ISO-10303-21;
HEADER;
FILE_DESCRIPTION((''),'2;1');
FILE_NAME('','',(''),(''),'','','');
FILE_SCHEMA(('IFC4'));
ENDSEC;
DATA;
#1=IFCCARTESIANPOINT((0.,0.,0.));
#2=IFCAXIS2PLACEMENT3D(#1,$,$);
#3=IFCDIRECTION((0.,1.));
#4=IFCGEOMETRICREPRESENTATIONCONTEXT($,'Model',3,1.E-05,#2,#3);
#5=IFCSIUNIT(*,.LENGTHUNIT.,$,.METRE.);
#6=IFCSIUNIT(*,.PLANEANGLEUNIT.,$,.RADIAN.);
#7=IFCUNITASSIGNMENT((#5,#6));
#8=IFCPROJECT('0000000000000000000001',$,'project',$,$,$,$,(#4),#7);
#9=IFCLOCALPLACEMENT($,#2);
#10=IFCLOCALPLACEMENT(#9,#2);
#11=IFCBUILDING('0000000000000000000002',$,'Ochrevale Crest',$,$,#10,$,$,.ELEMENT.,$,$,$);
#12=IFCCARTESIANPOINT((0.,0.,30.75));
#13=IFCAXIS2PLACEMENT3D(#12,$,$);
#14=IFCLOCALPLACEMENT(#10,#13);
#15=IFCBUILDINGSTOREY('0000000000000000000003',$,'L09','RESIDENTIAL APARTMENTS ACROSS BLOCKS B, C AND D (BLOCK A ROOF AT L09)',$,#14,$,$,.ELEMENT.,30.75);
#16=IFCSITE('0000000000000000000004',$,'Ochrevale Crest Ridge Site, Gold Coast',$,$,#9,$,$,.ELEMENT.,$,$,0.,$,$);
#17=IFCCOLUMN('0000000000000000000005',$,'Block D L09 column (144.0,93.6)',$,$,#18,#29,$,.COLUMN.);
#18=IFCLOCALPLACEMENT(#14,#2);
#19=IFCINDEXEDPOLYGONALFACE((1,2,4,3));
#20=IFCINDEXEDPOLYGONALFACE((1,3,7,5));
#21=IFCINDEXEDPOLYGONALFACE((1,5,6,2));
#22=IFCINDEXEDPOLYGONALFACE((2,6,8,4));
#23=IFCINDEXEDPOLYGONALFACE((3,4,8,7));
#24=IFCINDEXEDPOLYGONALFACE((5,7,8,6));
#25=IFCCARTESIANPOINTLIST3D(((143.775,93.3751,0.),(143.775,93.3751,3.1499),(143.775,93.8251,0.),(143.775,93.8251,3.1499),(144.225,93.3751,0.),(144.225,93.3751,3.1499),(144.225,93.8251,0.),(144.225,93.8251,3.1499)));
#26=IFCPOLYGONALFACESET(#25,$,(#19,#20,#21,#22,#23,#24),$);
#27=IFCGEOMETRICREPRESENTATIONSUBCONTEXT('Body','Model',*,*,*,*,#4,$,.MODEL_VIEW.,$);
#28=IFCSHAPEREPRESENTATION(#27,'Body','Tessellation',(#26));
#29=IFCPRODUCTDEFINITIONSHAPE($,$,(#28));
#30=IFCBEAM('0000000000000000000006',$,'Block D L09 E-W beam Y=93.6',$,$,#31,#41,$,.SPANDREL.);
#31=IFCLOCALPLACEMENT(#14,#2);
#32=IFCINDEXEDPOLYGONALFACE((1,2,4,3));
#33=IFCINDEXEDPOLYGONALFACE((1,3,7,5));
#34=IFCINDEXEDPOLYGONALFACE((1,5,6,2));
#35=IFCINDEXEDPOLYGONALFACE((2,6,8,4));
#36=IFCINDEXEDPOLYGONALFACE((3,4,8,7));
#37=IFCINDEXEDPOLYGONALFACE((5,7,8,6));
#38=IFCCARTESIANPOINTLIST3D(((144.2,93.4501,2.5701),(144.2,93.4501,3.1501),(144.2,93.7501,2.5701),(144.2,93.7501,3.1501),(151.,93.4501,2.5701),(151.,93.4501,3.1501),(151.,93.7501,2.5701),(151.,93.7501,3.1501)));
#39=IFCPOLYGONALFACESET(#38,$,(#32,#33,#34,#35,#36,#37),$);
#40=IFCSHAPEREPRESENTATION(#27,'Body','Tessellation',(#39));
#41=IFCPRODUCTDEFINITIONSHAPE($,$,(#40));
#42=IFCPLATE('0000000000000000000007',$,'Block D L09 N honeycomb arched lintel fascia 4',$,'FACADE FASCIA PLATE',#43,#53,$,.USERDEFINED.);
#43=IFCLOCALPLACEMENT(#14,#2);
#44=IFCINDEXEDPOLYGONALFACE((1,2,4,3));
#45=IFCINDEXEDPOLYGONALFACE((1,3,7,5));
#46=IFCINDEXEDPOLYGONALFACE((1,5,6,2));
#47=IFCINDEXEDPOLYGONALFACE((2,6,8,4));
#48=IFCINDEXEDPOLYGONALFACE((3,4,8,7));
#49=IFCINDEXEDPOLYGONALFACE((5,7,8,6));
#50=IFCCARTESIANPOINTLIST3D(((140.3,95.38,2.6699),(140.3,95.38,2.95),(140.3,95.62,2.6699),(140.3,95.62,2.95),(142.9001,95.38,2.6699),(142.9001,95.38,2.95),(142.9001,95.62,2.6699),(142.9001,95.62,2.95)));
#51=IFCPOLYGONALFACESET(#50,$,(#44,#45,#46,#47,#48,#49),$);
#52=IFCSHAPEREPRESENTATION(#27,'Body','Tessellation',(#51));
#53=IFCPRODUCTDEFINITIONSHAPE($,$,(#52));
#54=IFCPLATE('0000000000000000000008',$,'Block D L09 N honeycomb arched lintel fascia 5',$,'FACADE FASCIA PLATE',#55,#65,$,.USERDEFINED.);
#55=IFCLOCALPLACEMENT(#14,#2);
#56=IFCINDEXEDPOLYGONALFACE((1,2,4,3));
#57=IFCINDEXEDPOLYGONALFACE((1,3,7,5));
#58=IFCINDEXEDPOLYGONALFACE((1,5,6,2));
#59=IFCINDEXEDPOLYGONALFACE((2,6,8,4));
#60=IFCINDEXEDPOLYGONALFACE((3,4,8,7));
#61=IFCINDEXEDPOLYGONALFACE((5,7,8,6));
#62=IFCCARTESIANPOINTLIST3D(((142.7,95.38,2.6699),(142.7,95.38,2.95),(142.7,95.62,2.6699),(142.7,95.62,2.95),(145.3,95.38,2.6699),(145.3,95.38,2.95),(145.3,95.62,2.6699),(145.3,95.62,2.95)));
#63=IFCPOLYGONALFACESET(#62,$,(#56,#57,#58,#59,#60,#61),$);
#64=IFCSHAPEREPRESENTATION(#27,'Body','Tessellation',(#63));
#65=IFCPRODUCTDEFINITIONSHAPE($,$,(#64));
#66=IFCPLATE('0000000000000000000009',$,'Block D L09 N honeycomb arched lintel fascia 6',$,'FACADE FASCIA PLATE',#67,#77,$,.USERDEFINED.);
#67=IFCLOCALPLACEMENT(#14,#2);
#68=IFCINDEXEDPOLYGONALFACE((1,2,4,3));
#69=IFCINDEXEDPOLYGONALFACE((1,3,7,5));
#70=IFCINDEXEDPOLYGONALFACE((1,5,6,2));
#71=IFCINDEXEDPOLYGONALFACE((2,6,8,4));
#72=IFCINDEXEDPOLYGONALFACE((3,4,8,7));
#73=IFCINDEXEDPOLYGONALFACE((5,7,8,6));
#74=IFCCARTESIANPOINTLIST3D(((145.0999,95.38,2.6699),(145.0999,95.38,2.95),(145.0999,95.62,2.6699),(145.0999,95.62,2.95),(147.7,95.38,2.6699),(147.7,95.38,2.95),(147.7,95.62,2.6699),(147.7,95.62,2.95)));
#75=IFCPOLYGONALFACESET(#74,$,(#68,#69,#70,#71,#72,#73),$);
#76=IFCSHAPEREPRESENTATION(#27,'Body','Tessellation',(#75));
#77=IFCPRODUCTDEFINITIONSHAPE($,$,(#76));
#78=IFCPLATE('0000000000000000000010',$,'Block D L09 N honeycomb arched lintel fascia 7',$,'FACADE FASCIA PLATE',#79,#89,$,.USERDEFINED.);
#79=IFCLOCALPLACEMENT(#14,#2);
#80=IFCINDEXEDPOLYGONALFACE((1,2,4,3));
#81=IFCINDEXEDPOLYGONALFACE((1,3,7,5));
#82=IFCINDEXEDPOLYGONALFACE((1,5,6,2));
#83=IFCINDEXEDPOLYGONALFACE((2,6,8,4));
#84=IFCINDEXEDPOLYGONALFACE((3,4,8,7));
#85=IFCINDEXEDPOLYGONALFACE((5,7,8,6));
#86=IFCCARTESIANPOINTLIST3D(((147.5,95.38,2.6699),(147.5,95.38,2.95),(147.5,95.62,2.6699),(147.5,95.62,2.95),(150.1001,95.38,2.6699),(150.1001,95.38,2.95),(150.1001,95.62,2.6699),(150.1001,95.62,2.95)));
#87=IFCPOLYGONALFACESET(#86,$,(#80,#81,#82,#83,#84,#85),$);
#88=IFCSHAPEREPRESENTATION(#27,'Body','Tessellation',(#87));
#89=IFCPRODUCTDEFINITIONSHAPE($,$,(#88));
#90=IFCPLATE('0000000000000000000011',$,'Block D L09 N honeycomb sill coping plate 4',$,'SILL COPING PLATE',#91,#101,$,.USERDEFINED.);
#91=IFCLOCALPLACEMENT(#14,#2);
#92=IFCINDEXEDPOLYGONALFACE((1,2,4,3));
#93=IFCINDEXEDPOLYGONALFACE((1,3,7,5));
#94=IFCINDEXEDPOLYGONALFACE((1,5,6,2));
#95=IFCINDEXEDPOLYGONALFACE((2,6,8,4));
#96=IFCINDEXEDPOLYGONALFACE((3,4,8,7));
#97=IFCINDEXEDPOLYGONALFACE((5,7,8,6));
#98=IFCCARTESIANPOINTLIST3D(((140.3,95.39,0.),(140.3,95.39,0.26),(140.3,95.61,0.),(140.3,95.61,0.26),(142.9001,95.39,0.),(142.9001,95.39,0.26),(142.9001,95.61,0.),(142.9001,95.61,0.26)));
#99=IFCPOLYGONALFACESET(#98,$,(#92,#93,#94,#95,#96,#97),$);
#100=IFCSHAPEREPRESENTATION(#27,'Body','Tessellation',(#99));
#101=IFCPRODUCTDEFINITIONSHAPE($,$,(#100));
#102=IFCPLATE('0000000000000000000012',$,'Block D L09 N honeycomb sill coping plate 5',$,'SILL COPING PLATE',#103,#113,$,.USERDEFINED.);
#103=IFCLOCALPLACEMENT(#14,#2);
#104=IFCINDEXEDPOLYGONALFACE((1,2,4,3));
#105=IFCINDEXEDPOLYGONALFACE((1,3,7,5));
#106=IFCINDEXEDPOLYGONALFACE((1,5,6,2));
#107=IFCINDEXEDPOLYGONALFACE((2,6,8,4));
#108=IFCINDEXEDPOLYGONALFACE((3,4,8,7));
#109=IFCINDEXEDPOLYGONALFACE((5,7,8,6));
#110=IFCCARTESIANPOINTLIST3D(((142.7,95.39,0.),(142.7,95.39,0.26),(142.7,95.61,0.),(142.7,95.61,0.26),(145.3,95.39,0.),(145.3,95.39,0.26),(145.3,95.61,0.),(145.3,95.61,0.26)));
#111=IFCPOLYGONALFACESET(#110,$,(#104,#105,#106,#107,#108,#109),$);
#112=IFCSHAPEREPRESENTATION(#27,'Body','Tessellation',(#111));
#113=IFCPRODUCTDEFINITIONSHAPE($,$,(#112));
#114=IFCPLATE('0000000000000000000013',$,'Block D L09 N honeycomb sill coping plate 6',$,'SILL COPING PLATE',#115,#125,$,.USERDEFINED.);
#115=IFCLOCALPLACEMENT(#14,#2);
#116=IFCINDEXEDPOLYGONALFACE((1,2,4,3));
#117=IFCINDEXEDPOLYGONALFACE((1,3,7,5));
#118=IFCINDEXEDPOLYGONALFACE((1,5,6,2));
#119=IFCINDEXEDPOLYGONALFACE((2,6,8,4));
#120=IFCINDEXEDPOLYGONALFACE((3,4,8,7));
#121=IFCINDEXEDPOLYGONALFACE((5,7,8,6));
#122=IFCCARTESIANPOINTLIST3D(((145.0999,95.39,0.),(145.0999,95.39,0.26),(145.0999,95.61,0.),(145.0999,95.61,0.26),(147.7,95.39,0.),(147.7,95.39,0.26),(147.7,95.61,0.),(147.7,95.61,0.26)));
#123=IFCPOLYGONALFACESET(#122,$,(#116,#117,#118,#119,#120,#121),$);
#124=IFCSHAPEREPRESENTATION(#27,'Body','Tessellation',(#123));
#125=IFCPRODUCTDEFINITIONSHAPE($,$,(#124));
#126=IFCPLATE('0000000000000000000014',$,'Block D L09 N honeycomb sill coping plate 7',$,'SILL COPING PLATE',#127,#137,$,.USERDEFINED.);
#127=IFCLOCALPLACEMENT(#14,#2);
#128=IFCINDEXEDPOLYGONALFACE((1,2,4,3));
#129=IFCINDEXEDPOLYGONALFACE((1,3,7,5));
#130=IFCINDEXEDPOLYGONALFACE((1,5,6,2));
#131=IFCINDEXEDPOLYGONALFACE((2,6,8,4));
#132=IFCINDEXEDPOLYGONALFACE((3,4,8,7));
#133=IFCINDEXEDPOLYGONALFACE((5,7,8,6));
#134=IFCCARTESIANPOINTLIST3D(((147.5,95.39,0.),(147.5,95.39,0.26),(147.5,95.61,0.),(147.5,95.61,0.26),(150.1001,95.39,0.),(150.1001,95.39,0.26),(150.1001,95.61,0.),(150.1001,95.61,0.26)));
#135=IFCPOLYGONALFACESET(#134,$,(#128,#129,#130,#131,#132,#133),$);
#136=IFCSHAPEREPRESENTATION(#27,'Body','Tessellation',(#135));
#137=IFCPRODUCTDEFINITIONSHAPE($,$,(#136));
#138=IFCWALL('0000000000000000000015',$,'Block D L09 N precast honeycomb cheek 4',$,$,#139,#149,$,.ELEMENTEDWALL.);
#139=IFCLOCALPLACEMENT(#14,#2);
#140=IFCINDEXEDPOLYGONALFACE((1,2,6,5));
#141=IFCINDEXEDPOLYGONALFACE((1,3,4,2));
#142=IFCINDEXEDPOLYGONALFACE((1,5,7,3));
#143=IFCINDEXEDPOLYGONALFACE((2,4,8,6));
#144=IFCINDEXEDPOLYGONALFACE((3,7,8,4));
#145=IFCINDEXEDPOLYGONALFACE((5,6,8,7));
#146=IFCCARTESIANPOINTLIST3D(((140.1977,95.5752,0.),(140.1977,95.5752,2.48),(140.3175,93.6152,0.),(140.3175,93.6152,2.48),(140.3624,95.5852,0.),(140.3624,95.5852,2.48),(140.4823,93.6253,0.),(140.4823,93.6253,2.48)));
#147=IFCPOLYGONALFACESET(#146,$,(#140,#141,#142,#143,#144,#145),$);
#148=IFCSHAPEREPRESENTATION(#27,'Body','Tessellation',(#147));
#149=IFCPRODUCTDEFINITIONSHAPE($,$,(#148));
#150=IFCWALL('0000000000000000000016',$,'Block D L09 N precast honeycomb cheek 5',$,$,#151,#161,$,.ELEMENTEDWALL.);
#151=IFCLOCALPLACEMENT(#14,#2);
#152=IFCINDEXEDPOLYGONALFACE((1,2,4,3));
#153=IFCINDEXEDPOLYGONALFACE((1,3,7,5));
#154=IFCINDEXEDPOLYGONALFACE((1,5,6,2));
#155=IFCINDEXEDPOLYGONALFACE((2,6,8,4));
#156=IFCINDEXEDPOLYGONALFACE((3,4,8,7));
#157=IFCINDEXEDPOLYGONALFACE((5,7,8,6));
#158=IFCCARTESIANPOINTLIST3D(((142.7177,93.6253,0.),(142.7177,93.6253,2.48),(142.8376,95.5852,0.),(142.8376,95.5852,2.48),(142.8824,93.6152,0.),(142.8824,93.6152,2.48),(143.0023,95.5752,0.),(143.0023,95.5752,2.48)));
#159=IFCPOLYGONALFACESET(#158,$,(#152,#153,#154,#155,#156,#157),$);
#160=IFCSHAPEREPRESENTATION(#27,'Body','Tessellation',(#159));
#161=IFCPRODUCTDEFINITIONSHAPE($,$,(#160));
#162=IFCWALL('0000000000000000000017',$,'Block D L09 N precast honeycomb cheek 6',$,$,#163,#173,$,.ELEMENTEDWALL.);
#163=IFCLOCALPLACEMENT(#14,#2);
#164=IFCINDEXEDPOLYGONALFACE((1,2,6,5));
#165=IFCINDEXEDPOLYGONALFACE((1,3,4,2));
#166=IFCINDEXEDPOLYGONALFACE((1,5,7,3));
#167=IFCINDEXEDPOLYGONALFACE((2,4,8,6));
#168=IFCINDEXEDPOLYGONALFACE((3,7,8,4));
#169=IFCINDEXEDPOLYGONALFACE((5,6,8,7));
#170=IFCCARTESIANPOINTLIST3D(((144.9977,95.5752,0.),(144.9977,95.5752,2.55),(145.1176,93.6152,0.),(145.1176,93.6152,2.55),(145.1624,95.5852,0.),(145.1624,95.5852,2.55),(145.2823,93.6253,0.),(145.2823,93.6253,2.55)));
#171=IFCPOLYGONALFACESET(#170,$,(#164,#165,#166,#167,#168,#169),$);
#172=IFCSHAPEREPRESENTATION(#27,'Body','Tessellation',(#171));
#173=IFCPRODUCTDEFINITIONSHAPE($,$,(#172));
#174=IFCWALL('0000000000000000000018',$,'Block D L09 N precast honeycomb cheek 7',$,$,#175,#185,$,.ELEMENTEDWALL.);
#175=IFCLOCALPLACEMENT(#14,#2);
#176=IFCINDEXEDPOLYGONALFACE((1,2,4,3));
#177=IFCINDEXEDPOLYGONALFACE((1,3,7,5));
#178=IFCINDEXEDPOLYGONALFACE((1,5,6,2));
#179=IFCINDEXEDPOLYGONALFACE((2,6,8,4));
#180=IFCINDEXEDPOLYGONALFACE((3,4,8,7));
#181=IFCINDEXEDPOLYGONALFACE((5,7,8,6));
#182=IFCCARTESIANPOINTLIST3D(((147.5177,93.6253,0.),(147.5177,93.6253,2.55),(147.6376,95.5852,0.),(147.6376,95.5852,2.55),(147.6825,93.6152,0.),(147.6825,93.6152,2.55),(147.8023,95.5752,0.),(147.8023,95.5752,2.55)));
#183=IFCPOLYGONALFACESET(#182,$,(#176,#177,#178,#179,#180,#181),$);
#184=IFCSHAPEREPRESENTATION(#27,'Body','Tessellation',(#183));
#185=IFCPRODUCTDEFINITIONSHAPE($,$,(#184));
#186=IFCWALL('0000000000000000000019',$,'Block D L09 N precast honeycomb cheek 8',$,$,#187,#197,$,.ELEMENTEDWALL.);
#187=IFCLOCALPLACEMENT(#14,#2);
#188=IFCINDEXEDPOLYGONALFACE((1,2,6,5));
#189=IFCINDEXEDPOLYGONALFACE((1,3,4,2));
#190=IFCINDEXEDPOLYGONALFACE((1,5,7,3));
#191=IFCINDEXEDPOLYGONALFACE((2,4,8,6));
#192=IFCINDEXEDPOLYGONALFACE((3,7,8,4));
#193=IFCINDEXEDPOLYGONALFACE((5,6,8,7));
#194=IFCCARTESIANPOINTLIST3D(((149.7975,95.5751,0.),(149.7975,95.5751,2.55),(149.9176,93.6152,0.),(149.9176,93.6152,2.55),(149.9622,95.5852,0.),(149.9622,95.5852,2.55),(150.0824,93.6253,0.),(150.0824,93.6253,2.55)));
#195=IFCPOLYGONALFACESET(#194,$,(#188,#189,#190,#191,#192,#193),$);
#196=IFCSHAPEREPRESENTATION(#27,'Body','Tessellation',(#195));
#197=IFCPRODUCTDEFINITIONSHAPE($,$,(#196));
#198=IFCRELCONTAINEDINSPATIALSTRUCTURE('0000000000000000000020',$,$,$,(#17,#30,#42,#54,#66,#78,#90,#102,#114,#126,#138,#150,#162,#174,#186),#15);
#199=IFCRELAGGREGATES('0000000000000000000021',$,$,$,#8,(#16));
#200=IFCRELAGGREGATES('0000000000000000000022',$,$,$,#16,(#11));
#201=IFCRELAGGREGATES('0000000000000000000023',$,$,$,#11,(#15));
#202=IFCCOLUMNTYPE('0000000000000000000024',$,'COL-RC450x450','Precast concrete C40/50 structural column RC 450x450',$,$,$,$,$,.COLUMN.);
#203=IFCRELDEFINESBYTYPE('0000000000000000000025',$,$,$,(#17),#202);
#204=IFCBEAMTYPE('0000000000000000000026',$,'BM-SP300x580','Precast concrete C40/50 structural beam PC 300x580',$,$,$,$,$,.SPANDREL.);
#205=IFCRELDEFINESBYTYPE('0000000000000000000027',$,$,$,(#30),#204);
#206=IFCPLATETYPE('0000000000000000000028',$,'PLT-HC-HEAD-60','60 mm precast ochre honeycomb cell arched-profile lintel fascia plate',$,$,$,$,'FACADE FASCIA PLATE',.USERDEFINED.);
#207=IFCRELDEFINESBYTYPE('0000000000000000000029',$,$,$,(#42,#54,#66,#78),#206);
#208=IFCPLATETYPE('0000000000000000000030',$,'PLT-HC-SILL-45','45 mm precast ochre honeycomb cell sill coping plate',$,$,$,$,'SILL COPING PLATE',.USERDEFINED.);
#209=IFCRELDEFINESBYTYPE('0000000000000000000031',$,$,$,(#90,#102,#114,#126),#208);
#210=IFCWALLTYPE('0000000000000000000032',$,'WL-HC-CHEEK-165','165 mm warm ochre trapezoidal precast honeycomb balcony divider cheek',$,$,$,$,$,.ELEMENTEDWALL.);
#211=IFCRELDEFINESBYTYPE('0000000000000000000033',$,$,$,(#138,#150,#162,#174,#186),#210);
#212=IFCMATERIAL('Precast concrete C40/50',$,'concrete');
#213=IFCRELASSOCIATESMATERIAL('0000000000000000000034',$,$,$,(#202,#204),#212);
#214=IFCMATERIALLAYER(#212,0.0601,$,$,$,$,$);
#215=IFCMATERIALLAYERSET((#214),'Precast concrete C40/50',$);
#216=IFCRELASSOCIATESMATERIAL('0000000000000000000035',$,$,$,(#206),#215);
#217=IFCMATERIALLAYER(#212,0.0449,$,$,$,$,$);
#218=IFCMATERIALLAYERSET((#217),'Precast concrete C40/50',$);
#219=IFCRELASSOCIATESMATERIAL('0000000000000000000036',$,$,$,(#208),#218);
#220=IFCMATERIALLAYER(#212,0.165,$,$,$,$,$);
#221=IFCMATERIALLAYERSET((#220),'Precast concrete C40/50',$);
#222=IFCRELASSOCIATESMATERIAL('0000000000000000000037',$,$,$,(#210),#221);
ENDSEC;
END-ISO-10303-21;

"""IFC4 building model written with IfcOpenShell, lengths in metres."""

from ifc_helpers import new_model, si_unit, direction, frame, frame_2d, origin, origin_2d, place, context, subcontext, project, spatial, rectangle, extrude, material, layer, layer_set, material_profile, profile_set, type_object, element, save


model = new_model("IFC4")

# Units and contexts
model_context = context("Model", 3, precision=1e-05, world=origin(), true_north=direction((0.0, 1.0)))
body_context = subcontext(model_context, "Body", "Model", "MODEL_VIEW")
ifc_project = project(units=[si_unit("LENGTHUNIT", "METRE"), si_unit("PLANEANGLEUNIT", "RADIAN")], contexts=[model_context])

# Site, building, storey
site_placement = place(None, origin())
site = spatial("IfcSite", under=ifc_project, at=site_placement, Name="Ochrevale Crest Ridge Site, Gold Coast", CompositionType="ELEMENT", RefElevation=0.0)
building_placement = place(site_placement, origin())
building = spatial("IfcBuilding", under=site, at=building_placement, Name="Ochrevale Crest", CompositionType="ELEMENT")
storey_placement = place(building_placement, frame((0.0, 0.0, 30.75)))
storey = spatial("IfcBuildingStorey", under=building, at=storey_placement, Name="L09", Description="RESIDENTIAL APARTMENTS ACROSS BLOCKS B, C AND D (BLOCK A ROOF AT L09)", CompositionType="ELEMENT", Elevation=30.75)

# Column
ifc_material_1 = material(Name="Precast concrete C40/50", Category="concrete")
ifc_material_profile_1 = material_profile(ifc_material_1, rectangle(XDim=0.45, YDim=0.45, at=origin_2d()), Name="RC 450x450")
ifc_profile_set_1 = profile_set([ifc_material_profile_1], Name="Precast concrete C40/50")
column_type = type_object("IfcColumnType", Name="COL-RC450x450", Description="Precast concrete C40/50 structural column RC 450x450", PredefinedType="COLUMN", material=ifc_profile_set_1)
column_placement = place(storey_placement, frame((144.0, 93.6001, 0.0), z_axis=(0.0, 0.0, 1.0), x_axis=(1.0, 0.0, 0.0)))
element("IfcColumn", 1, at=column_placement, inside=storey, type_object=column_type, Name="Block D L09 column (144.0,93.6)", PredefinedType="COLUMN", context=body_context, shape_type="SweptSolid", body=[
    extrude(rectangle(XDim=0.45, YDim=0.45, at=origin_2d()), origin(), (0.0, 0.0, 1.0), 3.1499),
])

# Beam
ifc_material_profile_2 = material_profile(ifc_material_1, rectangle(XDim=0.3, YDim=0.5801, at=origin_2d()), Name="PC 300x580")
ifc_profile_set_2 = profile_set([ifc_material_profile_2], Name="Precast concrete C40/50")
beam_type = type_object("IfcBeamType", Name="BM-SP300x580", Description="Precast concrete C40/50 structural beam PC 300x580", PredefinedType="SPANDREL", material=ifc_profile_set_2)
beam_placement = place(storey_placement, frame((144.2, 93.6001, 2.8601), z_axis=(1.0, 0.0, 0.0), x_axis=(0.0, 1.0, 0.0)))
element("IfcBeam", 2, at=beam_placement, inside=storey, type_object=beam_type, Name="Block D L09 E-W beam Y=93.6", PredefinedType="SPANDREL", context=body_context, shape_type="SweptSolid", body=[
    extrude(rectangle(XDim=0.3, YDim=0.5801, at=origin_2d()), origin(), (0.0, 0.0, 1.0), 6.8),
])

# Plates
ifc_layer_1 = layer(ifc_material_1, 0.0601)
ifc_layer_set_1 = layer_set([ifc_layer_1], Name="Precast concrete C40/50")
plate_type_1 = type_object("IfcPlateType", Name="PLT-HC-HEAD-60", Description="60 mm precast ochre honeycomb cell arched-profile lintel fascia plate", ElementType="FACADE FASCIA PLATE", PredefinedType="USERDEFINED", material=ifc_layer_set_1)
for number, where, z_axis, x_axis, name in (
    (3, (141.6001, 95.5, 2.6699), (0.0, 0.0, 1.0), (1.0, 0.0, 0.0), "Block D L09 N honeycomb arched lintel fascia 4"),
    (4, (144.0, 95.5, 2.6699), (0.0, 0.0, 1.0), (1.0, 0.0, 0.0), "Block D L09 N honeycomb arched lintel fascia 5"),
    (5, (146.3999, 95.5, 2.6699), (0.0, 0.0, 1.0), (1.0, 0.0, 0.0), "Block D L09 N honeycomb arched lintel fascia 6"),
    (6, (148.8, 95.5, 2.6699), (0.0, 0.0, 1.0), (1.0, 0.0, 0.0), "Block D L09 N honeycomb arched lintel fascia 7"),
):
    element("IfcPlate", number, at=place(storey_placement, frame(where, z_axis=z_axis, x_axis=x_axis)), inside=storey, type_object=plate_type_1, Name=name, ObjectType="FACADE FASCIA PLATE", PredefinedType="USERDEFINED", context=body_context, shape_type="SweptSolid", body=[
        extrude(rectangle(XDim=2.6001, YDim=0.24, at=origin_2d()), origin(), (0.0, 0.0, 1.0), 0.28),
    ])
ifc_layer_2 = layer(ifc_material_1, 0.0449)
ifc_layer_set_2 = layer_set([ifc_layer_2], Name="Precast concrete C40/50")
plate_type_2 = type_object("IfcPlateType", Name="PLT-HC-SILL-45", Description="45 mm precast ochre honeycomb cell sill coping plate", ElementType="SILL COPING PLATE", PredefinedType="USERDEFINED", material=ifc_layer_set_2)
for number, where, z_axis, x_axis, name in (
    (7, (141.6001, 95.5, 0.0), (0.0, 0.0, 1.0), (1.0, 0.0, 0.0), "Block D L09 N honeycomb sill coping plate 4"),
    (8, (144.0, 95.5, 0.0), (0.0, 0.0, 1.0), (1.0, 0.0, 0.0), "Block D L09 N honeycomb sill coping plate 5"),
    (9, (146.3999, 95.5, 0.0), (0.0, 0.0, 1.0), (1.0, 0.0, 0.0), "Block D L09 N honeycomb sill coping plate 6"),
    (10, (148.8, 95.5, 0.0), (0.0, 0.0, 1.0), (1.0, 0.0, 0.0), "Block D L09 N honeycomb sill coping plate 7"),
):
    element("IfcPlate", number, at=place(storey_placement, frame(where, z_axis=z_axis, x_axis=x_axis)), inside=storey, type_object=plate_type_2, Name=name, ObjectType="SILL COPING PLATE", PredefinedType="USERDEFINED", context=body_context, shape_type="SweptSolid", body=[
        extrude(rectangle(XDim=2.6001, YDim=0.22, at=origin_2d()), origin(), (0.0, 0.0, 1.0), 0.26),
    ])

# Walls
ifc_layer_3 = layer(ifc_material_1, 0.165)
ifc_layer_set_3 = layer_set([ifc_layer_3], Name="Precast concrete C40/50")
wall_type_1 = type_object("IfcWallType", Name="WL-HC-CHEEK-165", Description="165 mm warm ochre trapezoidal precast honeycomb balcony divider cheek", PredefinedType="ELEMENTEDWALL", material=ifc_layer_set_3)
for number, where, z_axis, x_axis, name in (
    (11, (140.3999, 93.6201, 0.0), (0.0, 0.0, 1.0), (-0.061047, 0.998135, 0.0), "Block D L09 N precast honeycomb cheek 4"),
    (12, (142.8, 93.6201, 0.0), (0.0, 0.0, 1.0), (0.061047, 0.998135, 0.0), "Block D L09 N precast honeycomb cheek 5"),
):
    element("IfcWall", number, at=place(storey_placement, frame(where, z_axis=z_axis, x_axis=x_axis)), inside=storey, type_object=wall_type_1, Name=name, PredefinedType="ELEMENTEDWALL", context=body_context, shape_type="SweptSolid", body=[
        extrude(rectangle(XDim=1.9636, YDim=0.165, at=frame_2d((0.9819, 0.0))), origin(), (0.0, 0.0, 1.0), 2.48),
    ])
for number, where, z_axis, x_axis, name in (
    (13, (145.2, 93.6201, 0.0), (0.0, 0.0, 1.0), (-0.061047, 0.998135, 0.0), "Block D L09 N precast honeycomb cheek 6"),
    (14, (147.6001, 93.6201, 0.0), (0.0, 0.0, 1.0), (0.061047, 0.998135, 0.0), "Block D L09 N precast honeycomb cheek 7"),
    (15, (150.0, 93.6201, 0.0), (0.0, 0.0, 1.0), (-0.061171, 0.998127, 0.0), "Block D L09 N precast honeycomb cheek 8"),
):
    element("IfcWall", number, at=place(storey_placement, frame(where, z_axis=z_axis, x_axis=x_axis)), inside=storey, type_object=wall_type_1, Name=name, PredefinedType="ELEMENTEDWALL", context=body_context, shape_type="SweptSolid", body=[
        extrude(rectangle(XDim=1.9636, YDim=0.165, at=frame_2d((0.9819, 0.0))), origin(), (0.0, 0.0, 1.0), 2.55),
    ])

save(model, "model.ifc")
